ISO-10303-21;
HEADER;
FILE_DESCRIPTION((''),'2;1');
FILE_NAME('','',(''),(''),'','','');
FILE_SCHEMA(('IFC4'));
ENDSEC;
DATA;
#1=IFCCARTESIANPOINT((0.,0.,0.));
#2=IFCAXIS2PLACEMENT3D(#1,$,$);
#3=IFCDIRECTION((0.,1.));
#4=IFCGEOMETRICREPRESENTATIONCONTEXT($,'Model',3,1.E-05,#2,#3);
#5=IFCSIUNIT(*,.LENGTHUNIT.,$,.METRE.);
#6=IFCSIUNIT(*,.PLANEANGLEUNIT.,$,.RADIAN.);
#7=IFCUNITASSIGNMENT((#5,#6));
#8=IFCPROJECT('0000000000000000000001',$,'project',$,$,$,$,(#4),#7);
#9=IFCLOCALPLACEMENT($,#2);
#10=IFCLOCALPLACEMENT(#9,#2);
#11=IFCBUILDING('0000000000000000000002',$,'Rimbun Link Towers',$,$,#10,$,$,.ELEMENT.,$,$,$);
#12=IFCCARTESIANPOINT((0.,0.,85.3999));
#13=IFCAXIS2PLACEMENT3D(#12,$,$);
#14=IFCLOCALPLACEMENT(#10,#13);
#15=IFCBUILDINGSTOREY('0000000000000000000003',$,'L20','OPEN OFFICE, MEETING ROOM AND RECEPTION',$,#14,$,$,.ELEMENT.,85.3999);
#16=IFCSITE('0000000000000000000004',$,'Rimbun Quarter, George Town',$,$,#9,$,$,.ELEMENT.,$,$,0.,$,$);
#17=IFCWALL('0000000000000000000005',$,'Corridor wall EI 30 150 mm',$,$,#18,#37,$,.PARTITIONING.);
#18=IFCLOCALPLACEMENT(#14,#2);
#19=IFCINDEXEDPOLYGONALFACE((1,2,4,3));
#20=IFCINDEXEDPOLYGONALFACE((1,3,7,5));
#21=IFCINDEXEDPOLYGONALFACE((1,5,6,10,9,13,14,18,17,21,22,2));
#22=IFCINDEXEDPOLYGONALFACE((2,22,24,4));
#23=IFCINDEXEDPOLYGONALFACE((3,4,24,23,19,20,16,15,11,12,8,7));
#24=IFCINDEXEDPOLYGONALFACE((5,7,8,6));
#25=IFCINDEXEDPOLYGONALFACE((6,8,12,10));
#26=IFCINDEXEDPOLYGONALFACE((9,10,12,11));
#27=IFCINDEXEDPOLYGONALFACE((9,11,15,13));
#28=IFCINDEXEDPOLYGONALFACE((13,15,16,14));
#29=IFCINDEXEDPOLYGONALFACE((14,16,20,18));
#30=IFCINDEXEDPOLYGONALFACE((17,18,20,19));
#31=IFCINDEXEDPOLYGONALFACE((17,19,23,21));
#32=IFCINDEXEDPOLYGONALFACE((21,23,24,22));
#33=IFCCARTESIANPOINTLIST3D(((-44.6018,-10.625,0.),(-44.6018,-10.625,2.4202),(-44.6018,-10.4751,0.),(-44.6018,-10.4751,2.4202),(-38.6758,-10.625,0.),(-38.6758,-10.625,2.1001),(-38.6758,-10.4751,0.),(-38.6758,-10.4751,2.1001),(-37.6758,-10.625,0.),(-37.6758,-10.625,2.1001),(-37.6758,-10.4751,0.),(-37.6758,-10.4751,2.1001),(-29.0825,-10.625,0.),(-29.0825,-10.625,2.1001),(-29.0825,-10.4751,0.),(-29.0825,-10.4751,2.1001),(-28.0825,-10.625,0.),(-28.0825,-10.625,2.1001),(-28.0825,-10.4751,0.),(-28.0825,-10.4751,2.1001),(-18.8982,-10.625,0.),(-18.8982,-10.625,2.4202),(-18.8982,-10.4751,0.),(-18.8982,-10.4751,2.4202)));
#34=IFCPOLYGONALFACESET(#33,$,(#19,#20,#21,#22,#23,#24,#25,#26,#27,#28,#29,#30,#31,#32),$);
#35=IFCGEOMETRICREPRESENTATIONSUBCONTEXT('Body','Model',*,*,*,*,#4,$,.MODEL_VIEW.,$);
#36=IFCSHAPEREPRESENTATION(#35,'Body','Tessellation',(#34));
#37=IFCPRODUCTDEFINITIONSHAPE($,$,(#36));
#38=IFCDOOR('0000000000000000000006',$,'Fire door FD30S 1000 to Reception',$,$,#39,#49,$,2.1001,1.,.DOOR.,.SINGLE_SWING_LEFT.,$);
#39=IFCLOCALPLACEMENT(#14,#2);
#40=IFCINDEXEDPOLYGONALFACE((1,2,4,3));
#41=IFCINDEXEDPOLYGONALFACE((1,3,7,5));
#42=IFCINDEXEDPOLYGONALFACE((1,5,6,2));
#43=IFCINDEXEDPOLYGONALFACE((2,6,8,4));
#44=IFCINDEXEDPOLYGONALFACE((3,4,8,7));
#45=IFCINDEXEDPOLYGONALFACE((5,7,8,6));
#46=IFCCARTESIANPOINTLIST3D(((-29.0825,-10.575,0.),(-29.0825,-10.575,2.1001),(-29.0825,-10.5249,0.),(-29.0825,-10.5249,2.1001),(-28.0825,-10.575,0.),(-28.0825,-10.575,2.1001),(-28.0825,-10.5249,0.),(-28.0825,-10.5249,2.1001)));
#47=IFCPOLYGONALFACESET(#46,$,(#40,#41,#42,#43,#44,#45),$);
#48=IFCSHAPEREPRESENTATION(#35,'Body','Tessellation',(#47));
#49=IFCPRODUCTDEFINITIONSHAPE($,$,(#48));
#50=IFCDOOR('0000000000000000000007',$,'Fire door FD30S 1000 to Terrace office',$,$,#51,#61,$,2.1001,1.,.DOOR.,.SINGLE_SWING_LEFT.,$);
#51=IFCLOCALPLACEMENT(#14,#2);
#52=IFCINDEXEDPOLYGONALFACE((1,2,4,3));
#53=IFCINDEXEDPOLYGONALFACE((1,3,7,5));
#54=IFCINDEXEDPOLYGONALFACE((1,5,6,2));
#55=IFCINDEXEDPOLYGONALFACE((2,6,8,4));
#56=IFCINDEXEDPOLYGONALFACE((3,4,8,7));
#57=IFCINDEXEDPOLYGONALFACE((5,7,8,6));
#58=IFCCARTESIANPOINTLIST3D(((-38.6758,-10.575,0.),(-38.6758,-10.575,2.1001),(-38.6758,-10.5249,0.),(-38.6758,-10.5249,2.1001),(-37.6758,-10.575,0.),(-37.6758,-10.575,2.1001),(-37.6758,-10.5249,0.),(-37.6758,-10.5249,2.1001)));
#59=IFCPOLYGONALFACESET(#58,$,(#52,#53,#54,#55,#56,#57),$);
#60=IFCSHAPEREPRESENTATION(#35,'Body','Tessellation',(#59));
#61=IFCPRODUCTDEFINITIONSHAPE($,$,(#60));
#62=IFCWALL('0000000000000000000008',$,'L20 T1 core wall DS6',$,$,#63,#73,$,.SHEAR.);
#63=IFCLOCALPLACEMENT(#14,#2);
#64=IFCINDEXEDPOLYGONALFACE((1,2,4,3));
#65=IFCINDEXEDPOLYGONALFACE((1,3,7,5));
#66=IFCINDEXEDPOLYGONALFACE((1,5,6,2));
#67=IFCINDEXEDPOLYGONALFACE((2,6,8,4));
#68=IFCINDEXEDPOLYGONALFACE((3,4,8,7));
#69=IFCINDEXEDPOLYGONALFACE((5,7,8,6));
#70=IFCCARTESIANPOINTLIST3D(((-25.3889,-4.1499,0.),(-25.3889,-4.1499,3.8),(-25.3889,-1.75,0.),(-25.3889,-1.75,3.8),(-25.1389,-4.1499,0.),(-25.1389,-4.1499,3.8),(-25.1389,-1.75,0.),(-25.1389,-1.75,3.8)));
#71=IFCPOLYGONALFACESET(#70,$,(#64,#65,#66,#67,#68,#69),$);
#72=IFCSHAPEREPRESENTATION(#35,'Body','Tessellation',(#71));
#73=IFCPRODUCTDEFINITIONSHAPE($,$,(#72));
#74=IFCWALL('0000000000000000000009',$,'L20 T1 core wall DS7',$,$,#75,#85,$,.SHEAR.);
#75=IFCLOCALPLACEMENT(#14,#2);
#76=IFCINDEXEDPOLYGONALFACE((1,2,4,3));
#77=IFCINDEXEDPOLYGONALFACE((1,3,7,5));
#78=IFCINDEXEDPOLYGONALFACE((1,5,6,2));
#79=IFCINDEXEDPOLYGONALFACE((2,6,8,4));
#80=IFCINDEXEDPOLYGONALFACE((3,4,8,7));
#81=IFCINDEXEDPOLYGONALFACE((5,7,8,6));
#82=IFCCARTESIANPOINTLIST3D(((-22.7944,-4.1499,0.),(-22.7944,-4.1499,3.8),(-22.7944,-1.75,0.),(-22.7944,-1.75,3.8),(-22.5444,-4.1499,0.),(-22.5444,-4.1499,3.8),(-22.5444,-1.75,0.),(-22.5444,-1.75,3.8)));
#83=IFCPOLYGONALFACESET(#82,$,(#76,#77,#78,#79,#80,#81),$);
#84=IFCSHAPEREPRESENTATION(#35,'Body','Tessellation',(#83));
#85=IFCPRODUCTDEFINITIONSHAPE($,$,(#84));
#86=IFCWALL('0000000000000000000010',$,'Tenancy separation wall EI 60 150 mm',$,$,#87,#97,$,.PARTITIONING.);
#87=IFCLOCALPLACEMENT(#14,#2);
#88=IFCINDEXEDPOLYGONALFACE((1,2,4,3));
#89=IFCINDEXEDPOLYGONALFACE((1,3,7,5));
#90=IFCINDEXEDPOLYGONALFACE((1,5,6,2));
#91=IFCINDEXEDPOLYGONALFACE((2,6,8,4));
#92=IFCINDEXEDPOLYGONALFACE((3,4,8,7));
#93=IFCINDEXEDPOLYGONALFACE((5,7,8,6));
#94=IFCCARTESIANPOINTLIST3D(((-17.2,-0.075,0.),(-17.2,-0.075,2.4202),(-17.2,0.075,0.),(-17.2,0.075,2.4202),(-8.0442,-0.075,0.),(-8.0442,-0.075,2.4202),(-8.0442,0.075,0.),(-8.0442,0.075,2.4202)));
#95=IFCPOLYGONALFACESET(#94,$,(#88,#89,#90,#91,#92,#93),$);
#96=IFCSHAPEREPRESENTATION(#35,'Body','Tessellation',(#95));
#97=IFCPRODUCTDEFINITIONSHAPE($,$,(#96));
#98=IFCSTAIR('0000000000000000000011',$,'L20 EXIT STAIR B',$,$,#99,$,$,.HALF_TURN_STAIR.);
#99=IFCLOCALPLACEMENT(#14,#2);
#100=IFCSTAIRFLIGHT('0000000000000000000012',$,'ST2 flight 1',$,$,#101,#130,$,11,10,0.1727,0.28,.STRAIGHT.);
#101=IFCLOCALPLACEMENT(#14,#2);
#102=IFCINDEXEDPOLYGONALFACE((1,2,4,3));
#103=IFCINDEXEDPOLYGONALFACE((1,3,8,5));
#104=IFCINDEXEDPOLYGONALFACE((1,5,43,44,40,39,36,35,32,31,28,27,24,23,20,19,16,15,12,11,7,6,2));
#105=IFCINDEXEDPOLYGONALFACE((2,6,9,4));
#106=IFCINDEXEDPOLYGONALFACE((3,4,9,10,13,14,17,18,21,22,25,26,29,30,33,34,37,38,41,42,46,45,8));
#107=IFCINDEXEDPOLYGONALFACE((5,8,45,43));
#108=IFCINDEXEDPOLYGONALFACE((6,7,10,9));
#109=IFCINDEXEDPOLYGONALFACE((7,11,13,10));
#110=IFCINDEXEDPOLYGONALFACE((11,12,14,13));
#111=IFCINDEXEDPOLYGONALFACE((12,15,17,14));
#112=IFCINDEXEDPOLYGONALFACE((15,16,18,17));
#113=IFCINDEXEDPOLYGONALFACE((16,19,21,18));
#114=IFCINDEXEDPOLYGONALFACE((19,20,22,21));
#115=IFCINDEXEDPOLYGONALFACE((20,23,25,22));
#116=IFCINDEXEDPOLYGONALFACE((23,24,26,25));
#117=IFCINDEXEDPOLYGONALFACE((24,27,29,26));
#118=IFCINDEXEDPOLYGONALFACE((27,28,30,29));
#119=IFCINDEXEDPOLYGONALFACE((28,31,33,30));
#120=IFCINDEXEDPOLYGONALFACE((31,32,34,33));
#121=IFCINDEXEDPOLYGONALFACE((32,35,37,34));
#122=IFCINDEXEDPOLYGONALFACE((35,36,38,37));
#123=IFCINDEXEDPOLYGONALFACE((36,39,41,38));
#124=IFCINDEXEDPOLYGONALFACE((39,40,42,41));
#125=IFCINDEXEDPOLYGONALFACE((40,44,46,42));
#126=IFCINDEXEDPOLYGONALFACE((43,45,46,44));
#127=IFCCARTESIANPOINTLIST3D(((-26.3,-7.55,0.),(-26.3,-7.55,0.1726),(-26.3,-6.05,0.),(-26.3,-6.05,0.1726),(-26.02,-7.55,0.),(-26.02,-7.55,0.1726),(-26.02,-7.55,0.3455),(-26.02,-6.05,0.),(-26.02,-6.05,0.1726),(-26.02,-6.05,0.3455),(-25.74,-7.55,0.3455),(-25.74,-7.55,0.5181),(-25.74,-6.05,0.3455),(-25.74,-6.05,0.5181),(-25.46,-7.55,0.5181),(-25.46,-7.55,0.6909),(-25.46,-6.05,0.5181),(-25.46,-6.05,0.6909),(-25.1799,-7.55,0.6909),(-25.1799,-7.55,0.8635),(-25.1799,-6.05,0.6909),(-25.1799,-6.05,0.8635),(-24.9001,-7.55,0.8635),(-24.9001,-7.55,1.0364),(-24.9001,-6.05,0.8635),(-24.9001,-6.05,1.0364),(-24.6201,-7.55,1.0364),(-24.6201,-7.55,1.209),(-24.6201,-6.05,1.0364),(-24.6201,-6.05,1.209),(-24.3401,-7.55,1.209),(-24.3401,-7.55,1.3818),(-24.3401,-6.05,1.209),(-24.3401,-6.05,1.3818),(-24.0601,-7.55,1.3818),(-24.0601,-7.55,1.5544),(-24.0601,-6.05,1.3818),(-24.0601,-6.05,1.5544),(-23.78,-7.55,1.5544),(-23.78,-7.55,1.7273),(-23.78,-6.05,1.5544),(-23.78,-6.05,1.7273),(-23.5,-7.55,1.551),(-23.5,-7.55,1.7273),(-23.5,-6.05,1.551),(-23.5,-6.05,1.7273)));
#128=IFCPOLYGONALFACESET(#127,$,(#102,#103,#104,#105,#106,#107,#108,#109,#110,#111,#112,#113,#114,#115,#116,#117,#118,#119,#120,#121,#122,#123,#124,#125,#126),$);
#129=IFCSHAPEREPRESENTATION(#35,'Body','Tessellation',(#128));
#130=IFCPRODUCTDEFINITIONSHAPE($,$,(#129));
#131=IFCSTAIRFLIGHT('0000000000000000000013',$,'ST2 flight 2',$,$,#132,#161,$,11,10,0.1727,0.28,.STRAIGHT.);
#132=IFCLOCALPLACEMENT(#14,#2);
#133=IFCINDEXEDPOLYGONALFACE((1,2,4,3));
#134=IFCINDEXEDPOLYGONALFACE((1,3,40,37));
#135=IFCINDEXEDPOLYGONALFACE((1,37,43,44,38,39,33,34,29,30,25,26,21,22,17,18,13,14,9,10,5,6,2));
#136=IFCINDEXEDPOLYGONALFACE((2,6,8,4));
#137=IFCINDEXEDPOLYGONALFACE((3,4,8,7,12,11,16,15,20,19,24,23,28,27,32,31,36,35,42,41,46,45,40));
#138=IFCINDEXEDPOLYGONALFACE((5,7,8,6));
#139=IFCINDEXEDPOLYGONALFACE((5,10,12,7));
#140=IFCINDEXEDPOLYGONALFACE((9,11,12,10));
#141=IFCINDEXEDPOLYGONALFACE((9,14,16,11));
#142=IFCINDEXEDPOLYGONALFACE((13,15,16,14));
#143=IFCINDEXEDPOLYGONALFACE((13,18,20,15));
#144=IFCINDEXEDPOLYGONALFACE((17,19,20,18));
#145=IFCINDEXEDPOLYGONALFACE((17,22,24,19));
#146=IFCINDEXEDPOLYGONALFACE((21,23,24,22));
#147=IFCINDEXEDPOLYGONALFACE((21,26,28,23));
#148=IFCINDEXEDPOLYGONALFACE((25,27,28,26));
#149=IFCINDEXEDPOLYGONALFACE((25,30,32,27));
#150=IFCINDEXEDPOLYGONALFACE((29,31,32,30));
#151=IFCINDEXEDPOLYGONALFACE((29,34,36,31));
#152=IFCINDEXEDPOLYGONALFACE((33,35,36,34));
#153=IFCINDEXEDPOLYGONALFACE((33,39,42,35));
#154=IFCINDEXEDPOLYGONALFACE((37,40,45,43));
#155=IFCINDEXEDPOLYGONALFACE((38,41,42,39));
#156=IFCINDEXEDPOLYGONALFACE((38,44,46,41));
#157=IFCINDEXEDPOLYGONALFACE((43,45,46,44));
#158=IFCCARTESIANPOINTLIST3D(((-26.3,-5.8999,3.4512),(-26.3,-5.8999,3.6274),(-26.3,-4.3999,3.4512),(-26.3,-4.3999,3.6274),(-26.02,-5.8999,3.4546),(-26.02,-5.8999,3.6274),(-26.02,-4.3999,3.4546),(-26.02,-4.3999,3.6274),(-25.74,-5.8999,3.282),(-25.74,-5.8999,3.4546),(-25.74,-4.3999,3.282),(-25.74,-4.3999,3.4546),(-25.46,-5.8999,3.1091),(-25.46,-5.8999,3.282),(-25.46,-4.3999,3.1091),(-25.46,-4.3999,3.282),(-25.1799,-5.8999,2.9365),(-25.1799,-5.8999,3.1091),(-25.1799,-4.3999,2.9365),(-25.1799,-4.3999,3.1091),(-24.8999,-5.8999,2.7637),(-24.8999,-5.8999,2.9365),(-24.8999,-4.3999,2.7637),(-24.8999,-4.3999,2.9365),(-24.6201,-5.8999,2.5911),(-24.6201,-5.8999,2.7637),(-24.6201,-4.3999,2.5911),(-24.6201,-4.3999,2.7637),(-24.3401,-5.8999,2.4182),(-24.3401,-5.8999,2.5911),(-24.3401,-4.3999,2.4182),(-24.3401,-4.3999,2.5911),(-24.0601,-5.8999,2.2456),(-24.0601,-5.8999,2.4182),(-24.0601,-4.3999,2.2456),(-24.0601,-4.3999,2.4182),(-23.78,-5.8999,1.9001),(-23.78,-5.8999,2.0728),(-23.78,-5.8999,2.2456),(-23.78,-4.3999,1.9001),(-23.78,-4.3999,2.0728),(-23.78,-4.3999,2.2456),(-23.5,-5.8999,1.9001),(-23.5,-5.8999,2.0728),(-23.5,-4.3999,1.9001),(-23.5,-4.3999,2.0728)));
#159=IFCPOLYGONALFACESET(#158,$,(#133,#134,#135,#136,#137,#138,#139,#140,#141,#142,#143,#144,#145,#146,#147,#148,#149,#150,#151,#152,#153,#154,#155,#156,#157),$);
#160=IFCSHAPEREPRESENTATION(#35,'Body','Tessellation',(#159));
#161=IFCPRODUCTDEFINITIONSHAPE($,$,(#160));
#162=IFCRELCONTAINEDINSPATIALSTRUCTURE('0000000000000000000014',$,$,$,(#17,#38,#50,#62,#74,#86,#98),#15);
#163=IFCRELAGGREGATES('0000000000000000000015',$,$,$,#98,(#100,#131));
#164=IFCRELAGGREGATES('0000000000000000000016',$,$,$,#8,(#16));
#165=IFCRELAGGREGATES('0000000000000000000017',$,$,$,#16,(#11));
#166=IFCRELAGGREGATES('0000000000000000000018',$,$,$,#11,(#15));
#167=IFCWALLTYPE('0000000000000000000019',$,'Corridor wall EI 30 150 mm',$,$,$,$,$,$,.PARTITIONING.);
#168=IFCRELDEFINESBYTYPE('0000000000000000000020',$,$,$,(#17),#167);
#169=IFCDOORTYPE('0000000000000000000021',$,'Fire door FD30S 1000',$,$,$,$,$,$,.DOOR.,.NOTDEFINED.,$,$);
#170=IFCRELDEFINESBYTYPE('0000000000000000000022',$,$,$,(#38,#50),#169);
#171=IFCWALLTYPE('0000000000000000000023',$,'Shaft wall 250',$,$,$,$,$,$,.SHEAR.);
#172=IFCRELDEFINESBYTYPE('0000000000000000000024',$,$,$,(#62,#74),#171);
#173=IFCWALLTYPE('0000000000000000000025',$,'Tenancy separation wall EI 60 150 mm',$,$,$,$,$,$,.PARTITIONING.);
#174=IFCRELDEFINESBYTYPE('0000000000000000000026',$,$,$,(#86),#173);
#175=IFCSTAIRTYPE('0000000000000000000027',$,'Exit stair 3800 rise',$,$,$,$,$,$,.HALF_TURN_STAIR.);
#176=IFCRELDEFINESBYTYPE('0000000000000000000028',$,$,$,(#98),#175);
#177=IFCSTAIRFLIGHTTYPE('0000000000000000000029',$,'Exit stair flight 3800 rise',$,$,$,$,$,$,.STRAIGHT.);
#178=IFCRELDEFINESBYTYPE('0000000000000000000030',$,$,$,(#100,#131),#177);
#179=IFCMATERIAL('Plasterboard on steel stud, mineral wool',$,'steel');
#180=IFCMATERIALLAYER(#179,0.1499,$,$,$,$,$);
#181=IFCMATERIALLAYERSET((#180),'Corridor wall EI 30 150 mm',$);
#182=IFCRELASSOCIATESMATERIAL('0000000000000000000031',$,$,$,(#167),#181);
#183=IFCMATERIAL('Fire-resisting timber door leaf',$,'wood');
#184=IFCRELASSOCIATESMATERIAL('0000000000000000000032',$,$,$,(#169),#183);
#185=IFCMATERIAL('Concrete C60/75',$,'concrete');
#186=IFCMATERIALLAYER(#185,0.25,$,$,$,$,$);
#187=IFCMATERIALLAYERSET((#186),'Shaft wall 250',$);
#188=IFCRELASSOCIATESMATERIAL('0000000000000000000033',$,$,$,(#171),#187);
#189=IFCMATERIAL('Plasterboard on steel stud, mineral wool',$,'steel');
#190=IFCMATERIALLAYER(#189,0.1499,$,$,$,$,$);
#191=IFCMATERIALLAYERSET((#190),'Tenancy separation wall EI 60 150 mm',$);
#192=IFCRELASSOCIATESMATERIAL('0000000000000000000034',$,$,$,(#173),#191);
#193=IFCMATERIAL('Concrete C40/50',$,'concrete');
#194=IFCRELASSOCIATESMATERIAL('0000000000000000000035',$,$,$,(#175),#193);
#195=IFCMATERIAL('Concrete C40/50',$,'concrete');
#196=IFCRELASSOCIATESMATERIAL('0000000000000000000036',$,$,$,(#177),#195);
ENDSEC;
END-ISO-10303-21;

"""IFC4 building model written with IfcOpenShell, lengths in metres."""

from ifc_helpers import new_model, si_unit, direction, frame, frame_2d, origin, place, context, subcontext, project, spatial, polyline, rectangle, outline, extrude, material, layer, layer_set, type_object, element, fill, aggregate, save


model = new_model("IFC4")

# Units and contexts
model_context = context("Model", 3, precision=1e-05, world=origin(), true_north=direction((0.0, 1.0)))
body_context = subcontext(model_context, "Body", "Model", "MODEL_VIEW")
ifc_project = project(units=[si_unit("LENGTHUNIT", "METRE"), si_unit("PLANEANGLEUNIT", "RADIAN")], contexts=[model_context])

# Site, building, storey
site_placement = place(None, origin())
site = spatial("IfcSite", under=ifc_project, at=site_placement, Name="Rimbun Quarter, George Town", CompositionType="ELEMENT", RefElevation=0.0)
building_placement = place(site_placement, origin())
building = spatial("IfcBuilding", under=site, at=building_placement, Name="Rimbun Link Towers", CompositionType="ELEMENT")
storey_placement = place(building_placement, frame((0.0, 0.0, 85.3999)))
storey = spatial("IfcBuildingStorey", under=building, at=storey_placement, Name="L20", Description="OPEN OFFICE, MEETING ROOM AND RECEPTION", CompositionType="ELEMENT", Elevation=85.3999)

# Wall, openings, doors
ifc_material_1 = material(Name="Plasterboard on steel stud, mineral wool", Category="steel")
ifc_layer_1 = layer(ifc_material_1, 0.1499)
ifc_layer_set_1 = layer_set([ifc_layer_1], Name="Corridor wall EI 30 150 mm")
wall_type_1 = type_object("IfcWallType", Name="Corridor wall EI 30 150 mm", PredefinedType="PARTITIONING", material=ifc_layer_set_1)
wall_1_placement = place(storey_placement, frame((-18.8982, -10.55, 0.0), z_axis=(0.0, 0.0, 1.0), x_axis=(-1.0, 0.0, 0.0)))
wall_1 = element("IfcWall", 1, at=wall_1_placement, inside=storey, type_object=wall_type_1, Name="Corridor wall EI 30 150 mm", PredefinedType="PARTITIONING", context=body_context, shape_type="SweptSolid", body=[
    extrude(rectangle(XDim=25.7036, YDim=0.1499, at=frame_2d((12.8518, 0.0))), origin(), (0.0, 0.0, 1.0), 2.4202),
])
opening_1_placement = place(wall_1_placement, frame((9.1843, 0.0, 0.0)))
opening_1 = element("IfcOpeningElement", 2, at=opening_1_placement, cuts=wall_1, PredefinedType="OPENING", context=body_context, shape_type="SweptSolid", body=[
    extrude(rectangle(XDim=1.0, YDim=2.1001, at=frame_2d((0.5, 1.05))), frame((0.0, 0.085, 0.0), z_axis=(0.0, -1.0, 0.0), x_axis=(1.0, 0.0, 0.0)), (0.0, 0.0, 1.0), 0.1699),
])
opening_2_placement = place(wall_1_placement, frame((18.7776, 0.0, 0.0)))
opening_2 = element("IfcOpeningElement", 3, at=opening_2_placement, cuts=wall_1, PredefinedType="OPENING", context=body_context, shape_type="SweptSolid", body=[
    extrude(rectangle(XDim=1.0, YDim=2.1001, at=frame_2d((0.5, 1.05))), frame((0.0, 0.085, 0.0), z_axis=(0.0, -1.0, 0.0), x_axis=(1.0, 0.0, 0.0)), (0.0, 0.0, 1.0), 0.1699),
])
ifc_material_2 = material(Name="Fire-resisting timber door leaf", Category="wood")
door_type_1 = type_object("IfcDoorType", Name="Fire door FD30S 1000", OperationType="NOTDEFINED", PredefinedType="DOOR", material=ifc_material_2)
door_1_placement = place(opening_1_placement, origin())
door_1 = element("IfcDoor", 4, at=door_1_placement, inside=storey, type_object=door_type_1, Name="Fire door FD30S 1000 to Reception", OperationType="SINGLE_SWING_LEFT", OverallHeight=2.1001, OverallWidth=1.0, PredefinedType="DOOR", context=body_context, shape_type="SweptSolid", body=[
    extrude(rectangle(XDim=1.0, YDim=2.1001, at=frame_2d((0.5, 1.05))), frame((0.0, 0.0249, 0.0), z_axis=(0.0, -1.0, 0.0), x_axis=(1.0, 0.0, 0.0)), (0.0, 0.0, 1.0), 0.05),
])
fill(opening_1, door_1)
door_2_placement = place(opening_2_placement, origin())
door_2 = element("IfcDoor", 5, at=door_2_placement, inside=storey, type_object=door_type_1, Name="Fire door FD30S 1000 to Terrace office", OperationType="SINGLE_SWING_LEFT", OverallHeight=2.1001, OverallWidth=1.0, PredefinedType="DOOR", context=body_context, shape_type="SweptSolid", body=[
    extrude(rectangle(XDim=1.0, YDim=2.1001, at=frame_2d((0.5, 1.05))), frame((0.0, 0.0249, 0.0), z_axis=(0.0, -1.0, 0.0), x_axis=(1.0, 0.0, 0.0)), (0.0, 0.0, 1.0), 0.05),
])
fill(opening_2, door_2)

# Walls
ifc_material_3 = material(Name="Concrete C60/75", Category="concrete")
ifc_layer_2 = layer(ifc_material_3, 0.25)
ifc_layer_set_2 = layer_set([ifc_layer_2], Name="Shaft wall 250")
wall_type_2 = type_object("IfcWallType", Name="Shaft wall 250", PredefinedType="SHEAR", material=ifc_layer_set_2)
for number, where, z_axis, x_axis, name in (
    (6, (-25.2639, -4.1499, 0.0), (0.0, 0.0, 1.0), (0.0, 1.0, 0.0), "L20 T1 core wall DS6"),
    (7, (-22.6694, -4.1499, 0.0), (0.0, 0.0, 1.0), (0.0, 1.0, 0.0), "L20 T1 core wall DS7"),
):
    element("IfcWall", number, at=place(storey_placement, frame(where, z_axis=z_axis, x_axis=x_axis)), inside=storey, type_object=wall_type_2, Name=name, PredefinedType="SHEAR", context=body_context, shape_type="SweptSolid", body=[
        extrude(rectangle(XDim=2.3999, YDim=0.25, at=frame_2d((1.2, 0.0))), origin(), (0.0, 0.0, 1.0), 3.8),
    ])
ifc_material_4 = material(Name="Plasterboard on steel stud, mineral wool", Category="steel")
ifc_layer_3 = layer(ifc_material_4, 0.1499)
ifc_layer_set_3 = layer_set([ifc_layer_3], Name="Tenancy separation wall EI 60 150 mm")
wall_type_3 = type_object("IfcWallType", Name="Tenancy separation wall EI 60 150 mm", PredefinedType="PARTITIONING", material=ifc_layer_set_3)
wall_2_placement = place(storey_placement, frame((-17.2, 0.0, 0.0), z_axis=(0.0, 0.0, 1.0), x_axis=(1.0, 0.0, 0.0)))
element("IfcWall", 8, at=wall_2_placement, inside=storey, type_object=wall_type_3, Name="Tenancy separation wall EI 60 150 mm", PredefinedType="PARTITIONING", context=body_context, shape_type="SweptSolid", body=[
    extrude(rectangle(XDim=9.1558, YDim=0.1499, at=frame_2d((4.5779, 0.0))), origin(), (0.0, 0.0, 1.0), 2.4202),
])

# Stair, stair flights
ifc_material_5 = material(Name="Concrete C40/50", Category="concrete")
stair_type = type_object("IfcStairType", Name="Exit stair 3800 rise", PredefinedType="HALF_TURN_STAIR", material=ifc_material_5)
stair_placement = place(storey_placement, origin())
stair = element("IfcStair", 9, at=stair_placement, inside=storey, type_object=stair_type, Name="L20 EXIT STAIR B", PredefinedType="HALF_TURN_STAIR")
ifc_material_6 = material(Name="Concrete C40/50", Category="concrete")
stair_flight_type = type_object("IfcStairFlightType", Name="Exit stair flight 3800 rise", PredefinedType="STRAIGHT", material=ifc_material_6)
stair_flight_1_placement = place(storey_placement, frame((-26.3, -6.8, 0.0), z_axis=(0.0, 0.0, 1.0), x_axis=(1.0, 0.0, 0.0)))
stair_flight_1 = element("IfcStairFlight", 10, at=stair_flight_1_placement, type_object=stair_flight_type, Name="ST2 flight 1", NumberOfRisers=11, NumberOfTreads=10, PredefinedType="STRAIGHT", RiserHeight=0.1727, TreadLength=0.28, context=body_context, shape_type="SweptSolid", body=[
    extrude(outline(polyline([(0.0, 0.0), (0.0, 0.1726), (0.28, 0.1726), (0.28, 0.3455), (0.5601, 0.3455), (0.5601, 0.5181), (0.8401, 0.5181), (0.8401, 0.6909), (1.1201, 0.6909), (1.1201, 0.8635), (1.3999, 0.8635), (1.3999, 1.0364), (1.6799, 1.0364), (1.6799, 1.209), (1.96, 1.209), (1.96, 1.3818), (2.24, 1.3818), (2.24, 1.5544), (2.52, 1.5544), (2.52, 1.7273), (2.8, 1.7273), (2.8, 1.8999), (2.8, 1.551), (0.28, 0.0), (0.0, 0.0)])), frame((0.0, 0.75, 0.0), z_axis=(0.0, -1.0, 0.0), x_axis=(1.0, 0.0, 0.0)), (0.0, 0.0, 1.0), 1.5),
])
stair_flight_2_placement = place(storey_placement, frame((-23.5, -5.1499, 1.9001), z_axis=(0.0, 0.0, 1.0), x_axis=(-1.0, 0.0, 0.0)))
stair_flight_2 = element("IfcStairFlight", 11, at=stair_flight_2_placement, type_object=stair_flight_type, Name="ST2 flight 2", NumberOfRisers=11, NumberOfTreads=10, PredefinedType="STRAIGHT", RiserHeight=0.1727, TreadLength=0.28, context=body_context, shape_type="SweptSolid", body=[
    extrude(outline(polyline([(0.0, 0.0), (0.0, 0.1726), (0.28, 0.1726), (0.28, 0.3455), (0.5601, 0.3455), (0.5601, 0.5181), (0.8401, 0.5181), (0.8401, 0.6909), (1.1201, 0.6909), (1.1201, 0.8635), (1.3999, 0.8635), (1.3999, 1.0364), (1.6799, 1.0364), (1.6799, 1.209), (1.96, 1.209), (1.96, 1.3818), (2.24, 1.3818), (2.24, 1.5544), (2.52, 1.5544), (2.52, 1.7273), (2.8, 1.7273), (2.8, 1.8999), (2.8, 1.551), (0.28, 0.0), (0.0, 0.0)])), frame((0.0, 0.75, 0.0), z_axis=(0.0, -1.0, 0.0), x_axis=(1.0, 0.0, 0.0)), (0.0, 0.0, 1.0), 1.5),
])
aggregate(stair, [stair_flight_1, stair_flight_2])

save(model, "model.ifc")
